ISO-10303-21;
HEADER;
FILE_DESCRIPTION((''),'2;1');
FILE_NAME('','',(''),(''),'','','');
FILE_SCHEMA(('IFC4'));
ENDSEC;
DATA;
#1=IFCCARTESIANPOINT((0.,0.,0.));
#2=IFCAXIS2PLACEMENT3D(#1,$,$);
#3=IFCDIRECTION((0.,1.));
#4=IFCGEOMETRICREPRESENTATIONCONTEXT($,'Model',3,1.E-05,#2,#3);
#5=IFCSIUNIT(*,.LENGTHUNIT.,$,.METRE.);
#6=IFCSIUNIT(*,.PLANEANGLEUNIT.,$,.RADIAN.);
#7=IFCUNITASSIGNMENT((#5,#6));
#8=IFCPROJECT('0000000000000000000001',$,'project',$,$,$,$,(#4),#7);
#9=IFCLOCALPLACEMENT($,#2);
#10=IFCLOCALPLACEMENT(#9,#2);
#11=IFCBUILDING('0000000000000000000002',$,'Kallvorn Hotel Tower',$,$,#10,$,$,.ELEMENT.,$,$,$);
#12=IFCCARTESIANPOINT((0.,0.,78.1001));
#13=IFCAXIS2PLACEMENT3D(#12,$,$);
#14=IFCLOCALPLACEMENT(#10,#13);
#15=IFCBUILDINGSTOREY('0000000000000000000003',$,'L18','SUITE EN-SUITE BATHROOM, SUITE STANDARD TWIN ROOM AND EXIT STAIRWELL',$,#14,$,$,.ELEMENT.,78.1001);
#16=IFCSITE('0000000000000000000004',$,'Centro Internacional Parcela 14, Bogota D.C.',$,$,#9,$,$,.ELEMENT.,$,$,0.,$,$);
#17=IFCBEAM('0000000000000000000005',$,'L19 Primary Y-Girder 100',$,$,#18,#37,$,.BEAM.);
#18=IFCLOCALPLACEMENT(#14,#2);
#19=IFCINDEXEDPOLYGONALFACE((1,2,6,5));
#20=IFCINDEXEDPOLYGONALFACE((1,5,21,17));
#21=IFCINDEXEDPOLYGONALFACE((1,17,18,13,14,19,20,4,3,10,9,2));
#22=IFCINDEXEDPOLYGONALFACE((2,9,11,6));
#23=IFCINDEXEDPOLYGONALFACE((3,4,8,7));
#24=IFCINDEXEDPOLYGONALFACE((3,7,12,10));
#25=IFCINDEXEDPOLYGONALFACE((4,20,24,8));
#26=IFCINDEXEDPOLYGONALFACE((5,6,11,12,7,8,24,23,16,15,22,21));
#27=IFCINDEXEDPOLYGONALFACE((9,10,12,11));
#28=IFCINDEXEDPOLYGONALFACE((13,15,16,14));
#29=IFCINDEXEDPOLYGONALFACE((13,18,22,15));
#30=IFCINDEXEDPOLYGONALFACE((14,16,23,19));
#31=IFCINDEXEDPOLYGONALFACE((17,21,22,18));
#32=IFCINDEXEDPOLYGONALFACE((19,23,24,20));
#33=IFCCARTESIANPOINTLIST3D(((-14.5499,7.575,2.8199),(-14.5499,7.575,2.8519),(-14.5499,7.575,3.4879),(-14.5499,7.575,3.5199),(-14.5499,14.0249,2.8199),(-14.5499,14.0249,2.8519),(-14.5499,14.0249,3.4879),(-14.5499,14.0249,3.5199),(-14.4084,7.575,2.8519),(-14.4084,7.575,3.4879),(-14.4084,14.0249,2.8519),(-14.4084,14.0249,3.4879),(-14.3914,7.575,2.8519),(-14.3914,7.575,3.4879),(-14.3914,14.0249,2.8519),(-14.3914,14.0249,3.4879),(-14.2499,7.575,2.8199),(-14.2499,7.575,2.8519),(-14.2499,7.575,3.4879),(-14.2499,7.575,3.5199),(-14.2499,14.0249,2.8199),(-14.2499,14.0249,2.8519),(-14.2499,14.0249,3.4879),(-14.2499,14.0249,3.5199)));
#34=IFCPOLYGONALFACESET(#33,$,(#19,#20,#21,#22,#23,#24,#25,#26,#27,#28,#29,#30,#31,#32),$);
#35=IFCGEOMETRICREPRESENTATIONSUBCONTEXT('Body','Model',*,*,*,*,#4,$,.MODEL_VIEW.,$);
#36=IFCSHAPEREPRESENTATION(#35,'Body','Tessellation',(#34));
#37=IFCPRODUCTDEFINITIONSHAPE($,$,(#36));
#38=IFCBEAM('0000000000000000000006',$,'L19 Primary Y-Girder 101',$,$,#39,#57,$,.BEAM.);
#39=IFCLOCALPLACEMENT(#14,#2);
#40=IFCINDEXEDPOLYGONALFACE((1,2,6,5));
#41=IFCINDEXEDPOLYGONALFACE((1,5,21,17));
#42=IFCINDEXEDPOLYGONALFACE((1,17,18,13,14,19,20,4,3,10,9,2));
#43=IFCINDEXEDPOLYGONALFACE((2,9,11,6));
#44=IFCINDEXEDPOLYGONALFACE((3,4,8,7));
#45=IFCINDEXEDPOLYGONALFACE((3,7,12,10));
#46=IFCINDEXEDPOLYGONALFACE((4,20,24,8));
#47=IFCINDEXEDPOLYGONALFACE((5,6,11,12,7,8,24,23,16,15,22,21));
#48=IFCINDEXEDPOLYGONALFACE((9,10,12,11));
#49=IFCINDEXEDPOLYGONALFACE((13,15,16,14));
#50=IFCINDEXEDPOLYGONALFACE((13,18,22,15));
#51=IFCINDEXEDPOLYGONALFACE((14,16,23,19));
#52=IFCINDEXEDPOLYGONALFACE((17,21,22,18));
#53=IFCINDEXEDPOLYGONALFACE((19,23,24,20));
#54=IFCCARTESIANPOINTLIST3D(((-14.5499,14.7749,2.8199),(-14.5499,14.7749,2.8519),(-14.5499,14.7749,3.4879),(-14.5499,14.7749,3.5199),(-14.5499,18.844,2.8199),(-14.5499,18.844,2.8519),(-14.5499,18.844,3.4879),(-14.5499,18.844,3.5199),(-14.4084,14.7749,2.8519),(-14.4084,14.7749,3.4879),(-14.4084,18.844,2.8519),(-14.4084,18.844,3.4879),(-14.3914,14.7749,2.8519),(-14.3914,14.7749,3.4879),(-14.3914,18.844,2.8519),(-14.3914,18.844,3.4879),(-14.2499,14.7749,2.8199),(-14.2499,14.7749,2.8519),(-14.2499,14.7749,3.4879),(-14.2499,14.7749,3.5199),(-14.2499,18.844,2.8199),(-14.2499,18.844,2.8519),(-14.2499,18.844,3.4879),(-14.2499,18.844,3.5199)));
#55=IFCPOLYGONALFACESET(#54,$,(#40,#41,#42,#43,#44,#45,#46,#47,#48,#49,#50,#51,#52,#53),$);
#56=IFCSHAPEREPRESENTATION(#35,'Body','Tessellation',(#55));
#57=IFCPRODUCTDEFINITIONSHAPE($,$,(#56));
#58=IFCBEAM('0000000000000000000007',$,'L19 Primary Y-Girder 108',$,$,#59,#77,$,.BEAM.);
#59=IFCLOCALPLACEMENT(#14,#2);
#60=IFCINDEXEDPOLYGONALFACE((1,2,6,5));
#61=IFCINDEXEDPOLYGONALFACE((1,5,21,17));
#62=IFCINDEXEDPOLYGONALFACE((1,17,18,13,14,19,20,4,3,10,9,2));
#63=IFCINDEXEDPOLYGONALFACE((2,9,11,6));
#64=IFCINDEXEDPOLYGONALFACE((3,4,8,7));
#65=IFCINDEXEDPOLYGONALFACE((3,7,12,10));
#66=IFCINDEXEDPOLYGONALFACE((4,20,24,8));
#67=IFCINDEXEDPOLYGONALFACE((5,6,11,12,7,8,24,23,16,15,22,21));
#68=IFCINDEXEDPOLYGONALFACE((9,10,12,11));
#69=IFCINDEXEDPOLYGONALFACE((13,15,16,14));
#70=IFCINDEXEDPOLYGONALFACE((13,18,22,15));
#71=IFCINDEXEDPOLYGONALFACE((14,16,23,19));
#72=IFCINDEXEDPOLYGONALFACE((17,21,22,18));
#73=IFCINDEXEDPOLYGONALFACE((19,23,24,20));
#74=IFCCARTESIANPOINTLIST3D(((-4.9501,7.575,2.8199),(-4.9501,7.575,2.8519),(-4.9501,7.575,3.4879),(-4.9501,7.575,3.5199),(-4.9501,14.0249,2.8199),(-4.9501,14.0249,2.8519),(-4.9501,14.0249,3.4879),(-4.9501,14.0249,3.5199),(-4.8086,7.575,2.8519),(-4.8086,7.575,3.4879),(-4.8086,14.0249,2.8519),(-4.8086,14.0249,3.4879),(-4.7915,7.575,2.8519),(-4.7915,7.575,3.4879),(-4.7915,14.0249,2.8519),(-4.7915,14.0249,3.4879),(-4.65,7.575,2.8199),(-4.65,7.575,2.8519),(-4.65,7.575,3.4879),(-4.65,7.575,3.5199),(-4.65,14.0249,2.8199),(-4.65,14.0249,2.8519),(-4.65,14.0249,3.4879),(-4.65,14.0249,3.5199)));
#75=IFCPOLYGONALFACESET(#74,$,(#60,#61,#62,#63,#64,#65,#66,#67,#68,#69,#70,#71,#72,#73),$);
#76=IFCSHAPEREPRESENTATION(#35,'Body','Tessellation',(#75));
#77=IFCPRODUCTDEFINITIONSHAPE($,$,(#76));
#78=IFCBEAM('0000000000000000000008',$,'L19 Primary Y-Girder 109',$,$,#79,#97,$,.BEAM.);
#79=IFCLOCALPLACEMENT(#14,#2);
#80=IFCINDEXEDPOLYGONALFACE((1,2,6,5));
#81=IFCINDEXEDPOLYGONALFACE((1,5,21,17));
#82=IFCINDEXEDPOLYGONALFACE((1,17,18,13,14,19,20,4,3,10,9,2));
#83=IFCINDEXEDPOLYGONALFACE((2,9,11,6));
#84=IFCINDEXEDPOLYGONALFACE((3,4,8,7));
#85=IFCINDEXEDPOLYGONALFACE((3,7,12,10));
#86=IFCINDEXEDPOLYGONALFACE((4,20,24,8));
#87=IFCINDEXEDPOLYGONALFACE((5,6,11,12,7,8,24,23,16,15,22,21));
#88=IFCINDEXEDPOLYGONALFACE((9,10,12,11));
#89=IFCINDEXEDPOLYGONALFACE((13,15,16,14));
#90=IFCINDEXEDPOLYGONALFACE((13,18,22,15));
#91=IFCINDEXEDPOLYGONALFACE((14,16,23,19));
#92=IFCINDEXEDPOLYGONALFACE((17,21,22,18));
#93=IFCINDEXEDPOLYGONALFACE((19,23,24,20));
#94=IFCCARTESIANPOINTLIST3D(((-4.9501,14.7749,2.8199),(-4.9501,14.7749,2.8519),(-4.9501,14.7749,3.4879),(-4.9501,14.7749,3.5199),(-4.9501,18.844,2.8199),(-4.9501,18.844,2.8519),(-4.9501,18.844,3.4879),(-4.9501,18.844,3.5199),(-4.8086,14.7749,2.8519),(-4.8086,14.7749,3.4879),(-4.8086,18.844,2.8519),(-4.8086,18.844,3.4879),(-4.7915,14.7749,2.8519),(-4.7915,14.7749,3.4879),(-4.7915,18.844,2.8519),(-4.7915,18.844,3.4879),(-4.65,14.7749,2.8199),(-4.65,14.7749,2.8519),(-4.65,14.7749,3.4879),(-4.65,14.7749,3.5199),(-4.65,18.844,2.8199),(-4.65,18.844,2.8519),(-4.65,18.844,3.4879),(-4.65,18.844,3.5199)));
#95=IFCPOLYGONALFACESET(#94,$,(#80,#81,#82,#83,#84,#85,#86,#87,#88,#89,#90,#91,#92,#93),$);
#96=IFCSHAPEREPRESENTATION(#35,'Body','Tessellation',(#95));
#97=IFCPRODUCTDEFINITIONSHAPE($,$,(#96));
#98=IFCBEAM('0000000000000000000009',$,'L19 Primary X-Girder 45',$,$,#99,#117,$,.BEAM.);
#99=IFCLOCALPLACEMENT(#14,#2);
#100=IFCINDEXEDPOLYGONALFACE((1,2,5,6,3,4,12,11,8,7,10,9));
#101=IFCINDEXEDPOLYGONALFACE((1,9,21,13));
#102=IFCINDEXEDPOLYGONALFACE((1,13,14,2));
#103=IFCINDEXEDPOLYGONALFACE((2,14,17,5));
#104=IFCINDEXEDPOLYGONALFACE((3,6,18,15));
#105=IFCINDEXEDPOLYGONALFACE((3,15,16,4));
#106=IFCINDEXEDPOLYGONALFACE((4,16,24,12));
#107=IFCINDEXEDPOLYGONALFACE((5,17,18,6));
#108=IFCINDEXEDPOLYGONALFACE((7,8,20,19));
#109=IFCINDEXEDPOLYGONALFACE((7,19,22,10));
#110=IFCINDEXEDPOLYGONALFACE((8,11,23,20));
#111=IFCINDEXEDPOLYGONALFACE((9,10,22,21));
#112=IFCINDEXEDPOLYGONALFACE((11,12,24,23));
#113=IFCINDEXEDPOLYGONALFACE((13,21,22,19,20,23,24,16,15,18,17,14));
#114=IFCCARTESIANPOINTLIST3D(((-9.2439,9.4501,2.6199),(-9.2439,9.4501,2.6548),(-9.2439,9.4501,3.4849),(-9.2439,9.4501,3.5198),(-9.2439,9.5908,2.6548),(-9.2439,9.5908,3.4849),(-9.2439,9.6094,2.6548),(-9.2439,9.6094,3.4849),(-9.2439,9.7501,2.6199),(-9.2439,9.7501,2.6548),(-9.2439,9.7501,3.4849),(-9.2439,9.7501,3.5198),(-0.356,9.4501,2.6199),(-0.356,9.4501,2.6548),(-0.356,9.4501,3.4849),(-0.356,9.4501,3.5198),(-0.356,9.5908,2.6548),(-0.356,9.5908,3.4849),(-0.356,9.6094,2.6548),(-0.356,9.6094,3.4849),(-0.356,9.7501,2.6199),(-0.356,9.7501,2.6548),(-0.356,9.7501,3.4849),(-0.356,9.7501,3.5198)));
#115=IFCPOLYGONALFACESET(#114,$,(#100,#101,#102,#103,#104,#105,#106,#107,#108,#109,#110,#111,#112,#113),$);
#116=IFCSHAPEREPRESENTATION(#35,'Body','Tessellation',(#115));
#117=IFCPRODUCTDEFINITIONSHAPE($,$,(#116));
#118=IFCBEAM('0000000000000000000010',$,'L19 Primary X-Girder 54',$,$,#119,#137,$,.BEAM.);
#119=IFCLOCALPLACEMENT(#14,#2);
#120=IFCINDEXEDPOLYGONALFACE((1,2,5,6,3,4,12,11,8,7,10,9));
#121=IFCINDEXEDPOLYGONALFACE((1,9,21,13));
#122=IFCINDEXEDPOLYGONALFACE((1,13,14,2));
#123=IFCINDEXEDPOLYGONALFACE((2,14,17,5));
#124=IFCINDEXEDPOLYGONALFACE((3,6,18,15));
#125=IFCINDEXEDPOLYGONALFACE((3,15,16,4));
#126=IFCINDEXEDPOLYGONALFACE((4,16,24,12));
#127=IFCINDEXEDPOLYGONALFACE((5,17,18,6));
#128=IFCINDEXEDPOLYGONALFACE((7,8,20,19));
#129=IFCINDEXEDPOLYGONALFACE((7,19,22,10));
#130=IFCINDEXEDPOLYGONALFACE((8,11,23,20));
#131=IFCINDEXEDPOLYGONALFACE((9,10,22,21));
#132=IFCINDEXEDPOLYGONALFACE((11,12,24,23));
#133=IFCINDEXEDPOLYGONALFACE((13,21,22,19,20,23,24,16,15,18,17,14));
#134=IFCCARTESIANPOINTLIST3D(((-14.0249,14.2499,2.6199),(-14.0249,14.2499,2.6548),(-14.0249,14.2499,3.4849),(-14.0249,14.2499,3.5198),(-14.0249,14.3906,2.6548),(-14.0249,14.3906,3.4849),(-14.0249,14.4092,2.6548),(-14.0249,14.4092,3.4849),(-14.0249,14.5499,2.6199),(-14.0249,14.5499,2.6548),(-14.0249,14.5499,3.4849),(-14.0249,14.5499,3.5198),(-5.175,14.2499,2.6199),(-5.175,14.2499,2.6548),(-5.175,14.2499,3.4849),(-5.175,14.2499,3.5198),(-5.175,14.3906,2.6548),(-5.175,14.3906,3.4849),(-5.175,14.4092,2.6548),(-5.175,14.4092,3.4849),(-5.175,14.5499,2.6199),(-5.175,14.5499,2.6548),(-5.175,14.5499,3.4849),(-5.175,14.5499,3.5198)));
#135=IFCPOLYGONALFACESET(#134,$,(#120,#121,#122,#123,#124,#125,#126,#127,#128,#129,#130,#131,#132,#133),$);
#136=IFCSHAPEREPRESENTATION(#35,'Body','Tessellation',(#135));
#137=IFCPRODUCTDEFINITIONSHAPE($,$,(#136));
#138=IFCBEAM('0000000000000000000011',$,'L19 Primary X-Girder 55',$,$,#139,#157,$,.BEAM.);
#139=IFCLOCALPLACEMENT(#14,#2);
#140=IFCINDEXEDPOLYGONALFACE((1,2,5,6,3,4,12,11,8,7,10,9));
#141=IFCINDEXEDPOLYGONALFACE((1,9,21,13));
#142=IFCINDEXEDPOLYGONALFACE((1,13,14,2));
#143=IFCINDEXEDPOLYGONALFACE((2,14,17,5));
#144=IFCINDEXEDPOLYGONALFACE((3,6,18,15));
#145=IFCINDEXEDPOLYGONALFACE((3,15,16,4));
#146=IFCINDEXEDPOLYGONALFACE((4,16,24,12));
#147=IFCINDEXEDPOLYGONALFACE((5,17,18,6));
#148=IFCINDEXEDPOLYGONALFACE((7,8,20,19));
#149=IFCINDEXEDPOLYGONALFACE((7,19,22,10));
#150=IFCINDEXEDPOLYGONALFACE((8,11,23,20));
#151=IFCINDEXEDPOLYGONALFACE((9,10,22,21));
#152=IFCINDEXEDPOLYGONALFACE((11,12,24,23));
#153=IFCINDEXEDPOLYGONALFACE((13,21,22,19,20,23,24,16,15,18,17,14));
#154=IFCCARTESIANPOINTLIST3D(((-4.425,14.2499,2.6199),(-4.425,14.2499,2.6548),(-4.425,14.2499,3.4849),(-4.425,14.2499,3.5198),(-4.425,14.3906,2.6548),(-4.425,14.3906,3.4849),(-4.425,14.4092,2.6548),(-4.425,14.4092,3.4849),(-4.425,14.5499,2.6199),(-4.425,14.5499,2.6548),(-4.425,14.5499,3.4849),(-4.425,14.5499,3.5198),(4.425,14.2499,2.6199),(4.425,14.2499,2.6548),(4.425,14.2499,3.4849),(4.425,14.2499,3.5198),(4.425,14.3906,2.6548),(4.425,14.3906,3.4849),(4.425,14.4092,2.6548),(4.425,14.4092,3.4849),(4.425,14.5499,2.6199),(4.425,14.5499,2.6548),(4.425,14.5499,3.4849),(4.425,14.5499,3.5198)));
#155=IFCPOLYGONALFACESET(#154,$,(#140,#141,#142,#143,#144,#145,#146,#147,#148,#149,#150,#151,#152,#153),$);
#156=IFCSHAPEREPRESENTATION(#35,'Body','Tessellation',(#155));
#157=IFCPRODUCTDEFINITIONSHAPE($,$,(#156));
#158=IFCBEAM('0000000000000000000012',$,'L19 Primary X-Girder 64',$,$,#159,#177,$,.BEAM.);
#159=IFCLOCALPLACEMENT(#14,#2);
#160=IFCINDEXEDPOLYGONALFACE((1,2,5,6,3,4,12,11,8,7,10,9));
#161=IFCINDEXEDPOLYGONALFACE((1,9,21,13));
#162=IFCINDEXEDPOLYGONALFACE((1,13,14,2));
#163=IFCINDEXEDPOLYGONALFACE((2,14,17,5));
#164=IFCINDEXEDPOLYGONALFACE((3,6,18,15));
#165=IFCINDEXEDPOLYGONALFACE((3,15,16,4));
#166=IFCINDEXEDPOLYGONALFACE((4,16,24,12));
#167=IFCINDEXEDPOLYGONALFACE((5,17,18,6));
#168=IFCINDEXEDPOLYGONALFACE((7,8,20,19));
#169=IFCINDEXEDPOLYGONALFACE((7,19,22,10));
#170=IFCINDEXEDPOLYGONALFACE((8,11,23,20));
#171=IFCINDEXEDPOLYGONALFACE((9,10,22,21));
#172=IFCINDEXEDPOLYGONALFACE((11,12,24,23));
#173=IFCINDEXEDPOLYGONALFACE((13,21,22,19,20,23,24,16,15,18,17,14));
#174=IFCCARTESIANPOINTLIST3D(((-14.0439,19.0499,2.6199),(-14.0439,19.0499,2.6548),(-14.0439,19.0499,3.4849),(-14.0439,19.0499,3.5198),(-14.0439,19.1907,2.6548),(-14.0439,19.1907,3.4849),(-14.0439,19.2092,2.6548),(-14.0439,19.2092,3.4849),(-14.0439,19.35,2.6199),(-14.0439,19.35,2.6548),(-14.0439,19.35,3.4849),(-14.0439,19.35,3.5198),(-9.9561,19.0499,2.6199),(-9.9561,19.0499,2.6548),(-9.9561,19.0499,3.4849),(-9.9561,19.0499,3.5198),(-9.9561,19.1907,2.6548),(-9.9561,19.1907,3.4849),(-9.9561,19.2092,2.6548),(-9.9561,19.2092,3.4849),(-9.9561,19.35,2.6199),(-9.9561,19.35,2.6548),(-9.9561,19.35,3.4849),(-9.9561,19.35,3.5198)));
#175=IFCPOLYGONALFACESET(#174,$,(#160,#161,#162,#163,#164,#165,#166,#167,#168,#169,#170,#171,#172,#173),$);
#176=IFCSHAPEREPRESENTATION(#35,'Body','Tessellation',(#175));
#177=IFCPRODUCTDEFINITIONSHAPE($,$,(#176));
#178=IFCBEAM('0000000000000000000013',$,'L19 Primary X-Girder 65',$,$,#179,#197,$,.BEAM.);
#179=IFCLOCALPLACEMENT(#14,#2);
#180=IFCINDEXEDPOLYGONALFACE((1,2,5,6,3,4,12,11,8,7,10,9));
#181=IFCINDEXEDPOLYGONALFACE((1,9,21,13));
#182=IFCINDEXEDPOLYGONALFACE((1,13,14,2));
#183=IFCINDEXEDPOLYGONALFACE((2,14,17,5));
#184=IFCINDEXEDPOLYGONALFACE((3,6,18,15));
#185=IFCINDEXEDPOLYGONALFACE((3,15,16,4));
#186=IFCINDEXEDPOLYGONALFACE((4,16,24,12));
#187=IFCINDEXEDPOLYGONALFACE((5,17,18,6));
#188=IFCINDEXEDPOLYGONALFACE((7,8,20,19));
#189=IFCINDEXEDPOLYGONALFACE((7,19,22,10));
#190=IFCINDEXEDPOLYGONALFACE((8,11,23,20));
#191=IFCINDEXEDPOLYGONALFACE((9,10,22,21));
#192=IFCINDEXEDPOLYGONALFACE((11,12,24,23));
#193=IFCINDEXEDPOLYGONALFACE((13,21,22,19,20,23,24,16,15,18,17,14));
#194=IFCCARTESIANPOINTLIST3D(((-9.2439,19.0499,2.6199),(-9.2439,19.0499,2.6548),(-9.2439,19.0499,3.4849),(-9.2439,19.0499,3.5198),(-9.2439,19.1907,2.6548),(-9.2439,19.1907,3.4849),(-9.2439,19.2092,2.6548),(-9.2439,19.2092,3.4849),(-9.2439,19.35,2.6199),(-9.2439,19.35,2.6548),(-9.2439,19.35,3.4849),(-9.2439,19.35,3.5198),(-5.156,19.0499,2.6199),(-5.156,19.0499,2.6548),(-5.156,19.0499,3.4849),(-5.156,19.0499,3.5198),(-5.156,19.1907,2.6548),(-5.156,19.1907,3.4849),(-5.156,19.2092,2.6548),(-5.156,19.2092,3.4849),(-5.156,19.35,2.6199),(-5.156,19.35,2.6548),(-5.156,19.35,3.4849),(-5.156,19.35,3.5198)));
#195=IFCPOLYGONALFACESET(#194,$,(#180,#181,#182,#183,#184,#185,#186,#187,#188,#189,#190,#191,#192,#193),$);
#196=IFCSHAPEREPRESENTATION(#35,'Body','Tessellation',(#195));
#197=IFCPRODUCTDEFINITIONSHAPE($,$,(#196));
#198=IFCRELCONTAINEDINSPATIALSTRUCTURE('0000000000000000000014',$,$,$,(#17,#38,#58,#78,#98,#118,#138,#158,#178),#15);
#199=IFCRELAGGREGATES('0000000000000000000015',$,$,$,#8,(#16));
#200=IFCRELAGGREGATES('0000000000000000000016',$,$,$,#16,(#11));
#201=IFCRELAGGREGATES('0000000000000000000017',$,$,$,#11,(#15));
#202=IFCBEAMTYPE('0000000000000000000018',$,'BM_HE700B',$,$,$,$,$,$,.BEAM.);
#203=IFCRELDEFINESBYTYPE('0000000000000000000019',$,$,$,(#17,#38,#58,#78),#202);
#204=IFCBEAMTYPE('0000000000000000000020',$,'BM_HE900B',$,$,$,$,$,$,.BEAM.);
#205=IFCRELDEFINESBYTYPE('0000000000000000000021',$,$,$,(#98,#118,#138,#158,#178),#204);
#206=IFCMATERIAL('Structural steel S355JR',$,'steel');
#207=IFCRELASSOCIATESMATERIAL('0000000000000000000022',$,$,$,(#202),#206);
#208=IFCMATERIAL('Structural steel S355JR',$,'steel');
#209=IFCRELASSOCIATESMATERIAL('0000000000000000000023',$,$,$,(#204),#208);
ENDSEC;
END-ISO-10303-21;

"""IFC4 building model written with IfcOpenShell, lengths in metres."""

from ifc_helpers import new_model, si_unit, direction, frame, origin, origin_2d, place, context, subcontext, project, spatial, i_section, extrude, material, material_profile, profile_set, type_object, element, save


model = new_model("IFC4")

# Units and contexts
model_context = context("Model", 3, precision=1e-05, world=origin(), true_north=direction((0.0, 1.0)))
body_context = subcontext(model_context, "Body", "Model", "MODEL_VIEW")
ifc_project = project(units=[si_unit("LENGTHUNIT", "METRE"), si_unit("PLANEANGLEUNIT", "RADIAN")], contexts=[model_context])

# Site, building, storey
site_placement = place(None, origin())
site = spatial("IfcSite", under=ifc_project, at=site_placement, Name="Centro Internacional Parcela 14, Bogota D.C.", CompositionType="ELEMENT", RefElevation=0.0)
building_placement = place(site_placement, origin())
building = spatial("IfcBuilding", under=site, at=building_placement, Name="Kallvorn Hotel Tower", CompositionType="ELEMENT")
storey_placement = place(building_placement, frame((0.0, 0.0, 78.1001)))
storey = spatial("IfcBuildingStorey", under=building, at=storey_placement, Name="L18", Description="SUITE EN-SUITE BATHROOM, SUITE STANDARD TWIN ROOM AND EXIT STAIRWELL", CompositionType="ELEMENT", Elevation=78.1001)

# Beams
ifc_material_1 = material(Name="Structural steel S355JR", Category="steel")
ifc_material_profile_1 = material_profile(ifc_material_1, i_section(OverallWidth=0.3, OverallDepth=0.7, WebThickness=0.0171, FlangeThickness=0.032, at=origin_2d()), Name="HE 700 B")
ifc_profile_set_1 = profile_set([ifc_material_profile_1], Name="Structural steel S355JR")
beam_type_1 = type_object("IfcBeamType", Name="BM_HE700B", PredefinedType="BEAM", material=ifc_profile_set_1)
beam_1_placement = place(storey_placement, frame((-14.3999, 7.575, 3.1699), z_axis=(0.0, 1.0, 0.0), x_axis=(-1.0, 0.0, 0.0)))
element("IfcBeam", 1, at=beam_1_placement, inside=storey, type_object=beam_type_1, Name="L19 Primary Y-Girder 100", PredefinedType="BEAM", context=body_context, shape_type="SweptSolid", body=[
    extrude(i_section(OverallWidth=0.3, OverallDepth=0.7, WebThickness=0.0171, FlangeThickness=0.032, at=origin_2d()), origin(), (0.0, 0.0, 1.0), 6.45),
])
beam_2_placement = place(storey_placement, frame((-14.3999, 14.7749, 3.1699), z_axis=(0.0, 1.0, 0.0), x_axis=(-1.0, 0.0, 0.0)))
element("IfcBeam", 2, at=beam_2_placement, inside=storey, type_object=beam_type_1, Name="L19 Primary Y-Girder 101", PredefinedType="BEAM", context=body_context, shape_type="SweptSolid", body=[
    extrude(i_section(OverallWidth=0.3, OverallDepth=0.7, WebThickness=0.0171, FlangeThickness=0.032, at=origin_2d()), origin(), (0.0, 0.0, 1.0), 4.0691),
])
beam_3_placement = place(storey_placement, frame((-4.8, 7.575, 3.1699), z_axis=(0.0, 1.0, 0.0), x_axis=(-1.0, 0.0, 0.0)))
element("IfcBeam", 3, at=beam_3_placement, inside=storey, type_object=beam_type_1, Name="L19 Primary Y-Girder 108", PredefinedType="BEAM", context=body_context, shape_type="SweptSolid", body=[
    extrude(i_section(OverallWidth=0.3, OverallDepth=0.7, WebThickness=0.0171, FlangeThickness=0.032, at=origin_2d()), origin(), (0.0, 0.0, 1.0), 6.45),
])
beam_4_placement = place(storey_placement, frame((-4.8, 14.7749, 3.1699), z_axis=(0.0, 1.0, 0.0), x_axis=(-1.0, 0.0, 0.0)))
element("IfcBeam", 4, at=beam_4_placement, inside=storey, type_object=beam_type_1, Name="L19 Primary Y-Girder 109", PredefinedType="BEAM", context=body_context, shape_type="SweptSolid", body=[
    extrude(i_section(OverallWidth=0.3, OverallDepth=0.7, WebThickness=0.0171, FlangeThickness=0.032, at=origin_2d()), origin(), (0.0, 0.0, 1.0), 4.0691),
])
ifc_material_2 = material(Name="Structural steel S355JR", Category="steel")
ifc_material_profile_2 = material_profile(ifc_material_2, i_section(OverallWidth=0.3, OverallDepth=0.8999, WebThickness=0.0186, FlangeThickness=0.0349, at=origin_2d()), Name="HE 900 B")
ifc_profile_set_2 = profile_set([ifc_material_profile_2], Name="Structural steel S355JR")
beam_type_2 = type_object("IfcBeamType", Name="BM_HE900B", PredefinedType="BEAM", material=ifc_profile_set_2)
beam_5_placement = place(storey_placement, frame((-9.2439, 9.6001, 3.0698), z_axis=(1.0, 0.0, 0.0), x_axis=(0.0, 1.0, 0.0)))
element("IfcBeam", 5, at=beam_5_placement, inside=storey, type_object=beam_type_2, Name="L19 Primary X-Girder 45", PredefinedType="BEAM", context=body_context, shape_type="SweptSolid", body=[
    extrude(i_section(OverallWidth=0.3, OverallDepth=0.8999, WebThickness=0.0186, FlangeThickness=0.0349, at=origin_2d()), origin(), (0.0, 0.0, 1.0), 8.8879),
])
beam_6_placement = place(storey_placement, frame((-14.0249, 14.3999, 3.0698), z_axis=(1.0, 0.0, 0.0), x_axis=(0.0, 1.0, 0.0)))
element("IfcBeam", 6, at=beam_6_placement, inside=storey, type_object=beam_type_2, Name="L19 Primary X-Girder 54", PredefinedType="BEAM", context=body_context, shape_type="SweptSolid", body=[
    extrude(i_section(OverallWidth=0.3, OverallDepth=0.8999, WebThickness=0.0186, FlangeThickness=0.0349, at=origin_2d()), origin(), (0.0, 0.0, 1.0), 8.8499),
])
beam_7_placement = place(storey_placement, frame((-4.425, 14.3999, 3.0698), z_axis=(1.0, 0.0, 0.0), x_axis=(0.0, 1.0, 0.0)))
element("IfcBeam", 7, at=beam_7_placement, inside=storey, type_object=beam_type_2, Name="L19 Primary X-Girder 55", PredefinedType="BEAM", context=body_context, shape_type="SweptSolid", body=[
    extrude(i_section(OverallWidth=0.3, OverallDepth=0.8999, WebThickness=0.0186, FlangeThickness=0.0349, at=origin_2d()), origin(), (0.0, 0.0, 1.0), 8.8501),
])
for number, where, z_axis, x_axis, name in (
    (8, (-14.0439, 19.2, 3.0698), (1.0, 0.0, 0.0), (0.0, 1.0, 0.0), "L19 Primary X-Girder 64"),
    (9, (-9.2439, 19.2, 3.0698), (1.0, 0.0, 0.0), (0.0, 1.0, 0.0), "L19 Primary X-Girder 65"),
):
    element("IfcBeam", number, at=place(storey_placement, frame(where, z_axis=z_axis, x_axis=x_axis)), inside=storey, type_object=beam_type_2, Name=name, PredefinedType="BEAM", context=body_context, shape_type="SweptSolid", body=[
        extrude(i_section(OverallWidth=0.3, OverallDepth=0.8999, WebThickness=0.0186, FlangeThickness=0.0349, at=origin_2d()), origin(), (0.0, 0.0, 1.0), 4.0879),
    ])

save(model, "model.ifc")
